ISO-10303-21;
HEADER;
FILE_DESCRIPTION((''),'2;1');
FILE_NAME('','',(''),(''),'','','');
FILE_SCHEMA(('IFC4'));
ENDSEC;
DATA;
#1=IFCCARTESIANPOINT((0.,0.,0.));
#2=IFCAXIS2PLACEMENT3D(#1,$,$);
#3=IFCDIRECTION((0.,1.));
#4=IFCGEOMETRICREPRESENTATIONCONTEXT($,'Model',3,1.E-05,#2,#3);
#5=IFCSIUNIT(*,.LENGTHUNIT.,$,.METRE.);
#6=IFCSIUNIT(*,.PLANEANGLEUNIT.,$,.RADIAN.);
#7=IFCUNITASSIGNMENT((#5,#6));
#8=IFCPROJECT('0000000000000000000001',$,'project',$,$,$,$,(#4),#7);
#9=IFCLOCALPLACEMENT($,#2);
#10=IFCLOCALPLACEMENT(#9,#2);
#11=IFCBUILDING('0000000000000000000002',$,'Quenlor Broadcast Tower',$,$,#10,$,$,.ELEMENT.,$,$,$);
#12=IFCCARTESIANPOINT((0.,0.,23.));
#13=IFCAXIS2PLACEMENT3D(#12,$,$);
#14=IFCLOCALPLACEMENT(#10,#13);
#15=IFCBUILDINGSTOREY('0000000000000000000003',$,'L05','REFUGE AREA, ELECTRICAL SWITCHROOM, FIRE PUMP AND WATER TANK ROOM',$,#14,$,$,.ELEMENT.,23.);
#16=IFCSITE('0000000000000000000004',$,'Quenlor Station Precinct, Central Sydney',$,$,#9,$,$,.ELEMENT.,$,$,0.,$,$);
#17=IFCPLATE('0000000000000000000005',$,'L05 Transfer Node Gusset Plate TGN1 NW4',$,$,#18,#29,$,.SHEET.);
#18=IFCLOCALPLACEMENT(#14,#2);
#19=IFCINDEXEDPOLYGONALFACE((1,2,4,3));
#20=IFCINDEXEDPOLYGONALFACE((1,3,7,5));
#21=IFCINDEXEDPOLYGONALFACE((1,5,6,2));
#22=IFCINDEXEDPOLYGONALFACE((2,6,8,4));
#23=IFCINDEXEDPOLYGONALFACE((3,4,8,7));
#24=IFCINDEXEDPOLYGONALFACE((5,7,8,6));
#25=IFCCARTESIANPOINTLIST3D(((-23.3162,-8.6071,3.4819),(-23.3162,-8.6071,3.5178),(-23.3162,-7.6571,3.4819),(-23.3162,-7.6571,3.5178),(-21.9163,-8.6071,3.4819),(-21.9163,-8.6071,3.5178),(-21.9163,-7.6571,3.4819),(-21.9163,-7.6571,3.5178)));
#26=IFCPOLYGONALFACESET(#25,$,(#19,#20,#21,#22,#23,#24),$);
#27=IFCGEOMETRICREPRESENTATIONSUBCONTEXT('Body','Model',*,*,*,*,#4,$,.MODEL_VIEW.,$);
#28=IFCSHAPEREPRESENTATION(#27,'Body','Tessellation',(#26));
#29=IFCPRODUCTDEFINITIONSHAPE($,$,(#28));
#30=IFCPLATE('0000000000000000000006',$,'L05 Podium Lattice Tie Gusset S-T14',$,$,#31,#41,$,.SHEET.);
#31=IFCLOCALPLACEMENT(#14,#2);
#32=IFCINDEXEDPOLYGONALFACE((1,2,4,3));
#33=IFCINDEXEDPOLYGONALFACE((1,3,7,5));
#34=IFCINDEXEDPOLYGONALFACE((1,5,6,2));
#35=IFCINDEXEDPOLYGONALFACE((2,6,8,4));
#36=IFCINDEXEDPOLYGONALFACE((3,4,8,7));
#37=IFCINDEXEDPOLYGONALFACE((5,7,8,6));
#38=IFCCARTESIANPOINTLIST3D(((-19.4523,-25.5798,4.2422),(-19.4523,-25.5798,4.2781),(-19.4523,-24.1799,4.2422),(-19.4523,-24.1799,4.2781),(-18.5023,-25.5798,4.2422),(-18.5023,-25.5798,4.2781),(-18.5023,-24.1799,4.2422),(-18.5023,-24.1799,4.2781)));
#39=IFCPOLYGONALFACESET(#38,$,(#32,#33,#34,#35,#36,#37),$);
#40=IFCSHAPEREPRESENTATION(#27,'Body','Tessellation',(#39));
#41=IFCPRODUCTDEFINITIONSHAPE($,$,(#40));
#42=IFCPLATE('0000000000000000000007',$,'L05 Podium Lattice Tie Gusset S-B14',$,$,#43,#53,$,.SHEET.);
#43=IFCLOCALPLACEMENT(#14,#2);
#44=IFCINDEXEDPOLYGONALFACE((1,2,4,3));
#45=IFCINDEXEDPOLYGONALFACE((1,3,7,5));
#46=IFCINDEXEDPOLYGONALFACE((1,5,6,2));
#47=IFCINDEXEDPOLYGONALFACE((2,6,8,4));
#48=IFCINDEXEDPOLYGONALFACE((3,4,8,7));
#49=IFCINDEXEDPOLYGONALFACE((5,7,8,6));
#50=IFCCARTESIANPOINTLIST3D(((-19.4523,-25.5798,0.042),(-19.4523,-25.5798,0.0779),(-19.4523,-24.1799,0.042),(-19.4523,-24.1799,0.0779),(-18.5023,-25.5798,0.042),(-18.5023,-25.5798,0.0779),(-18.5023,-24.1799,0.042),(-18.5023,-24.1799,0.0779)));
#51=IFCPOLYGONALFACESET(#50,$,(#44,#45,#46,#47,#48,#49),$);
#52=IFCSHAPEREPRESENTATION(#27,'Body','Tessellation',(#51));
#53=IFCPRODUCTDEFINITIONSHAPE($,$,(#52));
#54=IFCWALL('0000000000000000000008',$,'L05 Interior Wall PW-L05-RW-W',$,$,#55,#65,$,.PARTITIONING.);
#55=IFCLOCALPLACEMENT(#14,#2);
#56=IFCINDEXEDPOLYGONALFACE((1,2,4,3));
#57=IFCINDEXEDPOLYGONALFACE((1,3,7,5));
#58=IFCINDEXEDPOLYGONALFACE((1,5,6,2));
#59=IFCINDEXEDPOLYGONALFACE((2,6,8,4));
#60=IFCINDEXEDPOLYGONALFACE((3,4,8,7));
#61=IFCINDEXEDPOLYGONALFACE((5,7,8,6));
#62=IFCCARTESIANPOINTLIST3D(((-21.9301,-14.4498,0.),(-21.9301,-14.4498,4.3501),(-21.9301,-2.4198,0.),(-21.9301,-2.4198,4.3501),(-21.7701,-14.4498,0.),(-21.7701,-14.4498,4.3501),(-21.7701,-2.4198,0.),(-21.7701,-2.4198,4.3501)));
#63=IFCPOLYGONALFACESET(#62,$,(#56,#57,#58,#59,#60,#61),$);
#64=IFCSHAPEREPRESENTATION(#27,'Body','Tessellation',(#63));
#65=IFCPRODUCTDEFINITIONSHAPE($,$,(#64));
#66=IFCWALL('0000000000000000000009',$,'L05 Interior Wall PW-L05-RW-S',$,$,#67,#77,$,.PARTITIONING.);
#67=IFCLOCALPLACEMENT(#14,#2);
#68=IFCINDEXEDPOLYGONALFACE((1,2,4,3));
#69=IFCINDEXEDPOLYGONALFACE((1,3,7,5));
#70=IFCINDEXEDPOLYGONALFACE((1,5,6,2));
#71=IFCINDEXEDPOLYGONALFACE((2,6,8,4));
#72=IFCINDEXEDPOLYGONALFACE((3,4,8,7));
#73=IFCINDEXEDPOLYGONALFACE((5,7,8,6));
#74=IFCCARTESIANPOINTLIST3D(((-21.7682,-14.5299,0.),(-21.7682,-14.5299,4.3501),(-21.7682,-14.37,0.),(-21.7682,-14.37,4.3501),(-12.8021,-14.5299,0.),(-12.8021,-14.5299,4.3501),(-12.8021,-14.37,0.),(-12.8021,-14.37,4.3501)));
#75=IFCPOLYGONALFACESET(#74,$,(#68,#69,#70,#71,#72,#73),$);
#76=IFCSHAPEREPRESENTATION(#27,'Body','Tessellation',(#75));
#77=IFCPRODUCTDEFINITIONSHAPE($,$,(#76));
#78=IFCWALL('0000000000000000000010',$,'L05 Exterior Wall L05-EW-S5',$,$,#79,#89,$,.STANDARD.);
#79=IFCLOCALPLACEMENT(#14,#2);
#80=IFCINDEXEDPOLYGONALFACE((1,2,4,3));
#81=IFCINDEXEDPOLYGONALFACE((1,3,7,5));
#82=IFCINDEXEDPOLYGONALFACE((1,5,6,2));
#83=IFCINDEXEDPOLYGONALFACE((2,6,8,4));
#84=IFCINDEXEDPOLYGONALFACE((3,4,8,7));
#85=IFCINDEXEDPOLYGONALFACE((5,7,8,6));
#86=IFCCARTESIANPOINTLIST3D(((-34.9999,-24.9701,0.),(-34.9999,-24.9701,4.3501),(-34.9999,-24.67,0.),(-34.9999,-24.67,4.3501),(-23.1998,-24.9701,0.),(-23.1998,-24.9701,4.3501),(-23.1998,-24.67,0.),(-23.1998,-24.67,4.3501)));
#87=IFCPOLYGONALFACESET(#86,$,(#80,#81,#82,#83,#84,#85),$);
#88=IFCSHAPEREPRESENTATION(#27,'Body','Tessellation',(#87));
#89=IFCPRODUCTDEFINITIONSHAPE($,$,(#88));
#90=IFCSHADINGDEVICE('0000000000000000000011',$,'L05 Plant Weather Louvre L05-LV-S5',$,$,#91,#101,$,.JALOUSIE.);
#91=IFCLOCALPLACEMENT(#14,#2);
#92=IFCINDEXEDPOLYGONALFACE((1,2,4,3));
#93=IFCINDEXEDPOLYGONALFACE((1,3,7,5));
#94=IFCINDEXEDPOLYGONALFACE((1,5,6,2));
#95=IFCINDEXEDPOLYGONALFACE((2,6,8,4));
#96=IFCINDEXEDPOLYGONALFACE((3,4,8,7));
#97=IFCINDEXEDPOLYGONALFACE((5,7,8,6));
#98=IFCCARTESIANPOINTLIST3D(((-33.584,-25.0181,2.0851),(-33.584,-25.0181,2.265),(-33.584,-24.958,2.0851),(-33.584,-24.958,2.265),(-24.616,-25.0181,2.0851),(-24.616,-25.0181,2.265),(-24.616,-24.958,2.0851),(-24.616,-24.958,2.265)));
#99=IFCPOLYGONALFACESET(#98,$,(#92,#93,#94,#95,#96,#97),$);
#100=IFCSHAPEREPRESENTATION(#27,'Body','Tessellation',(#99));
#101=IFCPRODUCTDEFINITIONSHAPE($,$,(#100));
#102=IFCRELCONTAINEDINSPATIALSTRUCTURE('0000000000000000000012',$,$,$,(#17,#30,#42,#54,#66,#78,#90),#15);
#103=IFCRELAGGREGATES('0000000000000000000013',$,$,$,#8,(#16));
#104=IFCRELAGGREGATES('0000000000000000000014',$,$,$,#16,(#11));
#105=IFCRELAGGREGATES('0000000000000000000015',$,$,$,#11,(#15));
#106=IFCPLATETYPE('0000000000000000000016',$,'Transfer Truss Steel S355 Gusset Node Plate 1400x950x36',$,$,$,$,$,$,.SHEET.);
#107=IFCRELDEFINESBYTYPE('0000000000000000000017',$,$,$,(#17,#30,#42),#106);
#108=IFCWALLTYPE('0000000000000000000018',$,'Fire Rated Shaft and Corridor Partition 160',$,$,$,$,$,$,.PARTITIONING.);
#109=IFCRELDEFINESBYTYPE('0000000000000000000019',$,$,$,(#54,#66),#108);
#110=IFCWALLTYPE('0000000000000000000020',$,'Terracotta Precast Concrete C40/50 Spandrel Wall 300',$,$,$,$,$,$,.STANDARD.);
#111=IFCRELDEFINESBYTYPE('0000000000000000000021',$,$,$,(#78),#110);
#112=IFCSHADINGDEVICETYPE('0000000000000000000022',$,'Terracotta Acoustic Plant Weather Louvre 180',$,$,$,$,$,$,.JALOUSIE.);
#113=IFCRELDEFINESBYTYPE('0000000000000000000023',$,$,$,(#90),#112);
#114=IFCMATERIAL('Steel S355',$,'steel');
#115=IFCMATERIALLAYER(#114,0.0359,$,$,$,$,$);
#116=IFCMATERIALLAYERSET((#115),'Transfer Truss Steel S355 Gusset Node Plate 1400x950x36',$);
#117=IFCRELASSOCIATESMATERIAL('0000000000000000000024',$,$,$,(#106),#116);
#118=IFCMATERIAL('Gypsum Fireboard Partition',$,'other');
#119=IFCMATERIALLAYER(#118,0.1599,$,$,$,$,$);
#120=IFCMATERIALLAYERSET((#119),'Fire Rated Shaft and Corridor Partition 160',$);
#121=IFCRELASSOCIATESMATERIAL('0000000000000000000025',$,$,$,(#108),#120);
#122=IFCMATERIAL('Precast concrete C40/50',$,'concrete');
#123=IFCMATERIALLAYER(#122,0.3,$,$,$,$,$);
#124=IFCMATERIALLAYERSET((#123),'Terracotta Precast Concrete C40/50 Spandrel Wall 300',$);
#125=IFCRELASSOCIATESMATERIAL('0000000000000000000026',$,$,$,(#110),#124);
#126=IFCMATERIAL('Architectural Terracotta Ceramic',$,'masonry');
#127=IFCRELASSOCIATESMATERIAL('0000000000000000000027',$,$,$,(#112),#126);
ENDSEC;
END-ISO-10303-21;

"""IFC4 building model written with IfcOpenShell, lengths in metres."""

from ifc_helpers import new_model, si_unit, direction, frame, frame_2d, origin, origin_2d, place, context, subcontext, project, spatial, rectangle, extrude, material, layer, layer_set, material_profile, profile_set, type_object, element, save


model = new_model("IFC4")

# Units and contexts
model_context = context("Model", 3, precision=1e-05, world=origin(), true_north=direction((0.0, 1.0)))
body_context = subcontext(model_context, "Body", "Model", "MODEL_VIEW")
ifc_project = project(units=[si_unit("LENGTHUNIT", "METRE"), si_unit("PLANEANGLEUNIT", "RADIAN")], contexts=[model_context])

# Site, building, storey
site_placement = place(None, origin())
site = spatial("IfcSite", under=ifc_project, at=site_placement, Name="Quenlor Station Precinct, Central Sydney", CompositionType="ELEMENT", RefElevation=0.0)
building_placement = place(site_placement, origin())
building = spatial("IfcBuilding", under=site, at=building_placement, Name="Quenlor Broadcast Tower", CompositionType="ELEMENT")
storey_placement = place(building_placement, frame((0.0, 0.0, 23.0)))
storey = spatial("IfcBuildingStorey", under=building, at=storey_placement, Name="L05", Description="REFUGE AREA, ELECTRICAL SWITCHROOM, FIRE PUMP AND WATER TANK ROOM", CompositionType="ELEMENT", Elevation=23.0)

# Plates
ifc_material_1 = material(Name="Steel S355", Category="steel")
ifc_layer_1 = layer(ifc_material_1, 0.0359)
ifc_layer_set_1 = layer_set([ifc_layer_1], Name="Transfer Truss Steel S355 Gusset Node Plate 1400x950x36")
plate_type_1 = type_object("IfcPlateType", Name="Transfer Truss Steel S355 Gusset Node Plate 1400x950x36", PredefinedType="SHEET", material=ifc_layer_set_1)
for number, where, z_axis, x_axis, name in (
    (1, (-22.6162, -8.1321, 3.4819), (0.0, 0.0, 1.0), (1.0, 0.0, 0.0), "L05 Transfer Node Gusset Plate TGN1 NW4"),
    (2, (-18.9773, -24.8799, 4.2422), (0.0, 0.0, 1.0), (0.0, -1.0, 0.0), "L05 Podium Lattice Tie Gusset S-T14"),
    (3, (-18.9773, -24.8799, 0.042), (0.0, 0.0, 1.0), (0.0, -1.0, 0.0), "L05 Podium Lattice Tie Gusset S-B14"),
):
    element("IfcPlate", number, at=place(storey_placement, frame(where, z_axis=z_axis, x_axis=x_axis)), inside=storey, type_object=plate_type_1, Name=name, PredefinedType="SHEET", context=body_context, shape_type="SweptSolid", body=[
        extrude(rectangle(XDim=1.3999, YDim=0.95, at=origin_2d()), origin(), (0.0, 0.0, 1.0), 0.0359),
    ])

# Walls
ifc_material_2 = material(Name="Gypsum Fireboard Partition", Category="other")
ifc_layer_2 = layer(ifc_material_2, 0.1599)
ifc_layer_set_2 = layer_set([ifc_layer_2], Name="Fire Rated Shaft and Corridor Partition 160")
wall_type_1 = type_object("IfcWallType", Name="Fire Rated Shaft and Corridor Partition 160", PredefinedType="PARTITIONING", material=ifc_layer_set_2)
wall_1_placement = place(storey_placement, frame((-21.8501, -14.45, 0.0), z_axis=(0.0, 0.0, 1.0), x_axis=(0.0, 1.0, 0.0)))
element("IfcWall", 4, at=wall_1_placement, inside=storey, type_object=wall_type_1, Name="L05 Interior Wall PW-L05-RW-W", PredefinedType="PARTITIONING", context=body_context, shape_type="SweptSolid", body=[
    extrude(rectangle(XDim=12.03, YDim=0.1599, at=frame_2d((6.0151, 0.0))), origin(), (0.0, 0.0, 1.0), 4.3501),
])
wall_2_placement = place(storey_placement, frame((-21.7681, -14.45, 0.0), z_axis=(0.0, 0.0, 1.0), x_axis=(1.0, 0.0, 0.0)))
element("IfcWall", 5, at=wall_2_placement, inside=storey, type_object=wall_type_1, Name="L05 Interior Wall PW-L05-RW-S", PredefinedType="PARTITIONING", context=body_context, shape_type="SweptSolid", body=[
    extrude(rectangle(XDim=8.9661, YDim=0.1599, at=frame_2d((4.4829, 0.0))), origin(), (0.0, 0.0, 1.0), 4.3501),
])

# Wall
ifc_material_3 = material(Name="Precast concrete C40/50", Category="concrete")
ifc_layer_3 = layer(ifc_material_3, 0.3)
ifc_layer_set_3 = layer_set([ifc_layer_3], Name="Terracotta Precast Concrete C40/50 Spandrel Wall 300")
wall_type_2 = type_object("IfcWallType", Name="Terracotta Precast Concrete C40/50 Spandrel Wall 300", PredefinedType="STANDARD", material=ifc_layer_set_3)
wall_3_placement = place(storey_placement, frame((-23.2, -24.8201, 0.0), z_axis=(0.0, 0.0, 1.0), x_axis=(-1.0, 0.0, 0.0)))
element("IfcWall", 6, at=wall_3_placement, inside=storey, type_object=wall_type_2, Name="L05 Exterior Wall L05-EW-S5", PredefinedType="STANDARD", context=body_context, shape_type="SweptSolid", body=[
    extrude(rectangle(XDim=11.8, YDim=0.3, at=frame_2d((5.8999, 0.0))), origin(), (0.0, 0.0, 1.0), 4.3501),
])

# Shading device
ifc_material_4 = material(Name="Architectural Terracotta Ceramic", Category="masonry")
ifc_material_profile_1 = material_profile(ifc_material_4, rectangle(XDim=0.0601, YDim=0.1799, at=origin_2d()))
ifc_profile_set_1 = profile_set([ifc_material_profile_1], Name="Architectural Terracotta Ceramic LVR60x180")
shading_device_type = type_object("IfcShadingDeviceType", Name="Terracotta Acoustic Plant Weather Louvre 180", PredefinedType="JALOUSIE", material=ifc_profile_set_1)
shading_device_placement = place(storey_placement, frame((-24.616, -24.988, 2.175), z_axis=(-1.0, 0.0, 0.0), x_axis=(0.0, -1.0, 0.0)))
element("IfcShadingDevice", 7, at=shading_device_placement, inside=storey, type_object=shading_device_type, Name="L05 Plant Weather Louvre L05-LV-S5", PredefinedType="JALOUSIE", context=body_context, shape_type="SweptSolid", body=[
    extrude(rectangle(XDim=0.0601, YDim=0.1799, at=origin_2d()), origin(), (0.0, 0.0, 1.0), 8.968),
])

save(model, "model.ifc")
